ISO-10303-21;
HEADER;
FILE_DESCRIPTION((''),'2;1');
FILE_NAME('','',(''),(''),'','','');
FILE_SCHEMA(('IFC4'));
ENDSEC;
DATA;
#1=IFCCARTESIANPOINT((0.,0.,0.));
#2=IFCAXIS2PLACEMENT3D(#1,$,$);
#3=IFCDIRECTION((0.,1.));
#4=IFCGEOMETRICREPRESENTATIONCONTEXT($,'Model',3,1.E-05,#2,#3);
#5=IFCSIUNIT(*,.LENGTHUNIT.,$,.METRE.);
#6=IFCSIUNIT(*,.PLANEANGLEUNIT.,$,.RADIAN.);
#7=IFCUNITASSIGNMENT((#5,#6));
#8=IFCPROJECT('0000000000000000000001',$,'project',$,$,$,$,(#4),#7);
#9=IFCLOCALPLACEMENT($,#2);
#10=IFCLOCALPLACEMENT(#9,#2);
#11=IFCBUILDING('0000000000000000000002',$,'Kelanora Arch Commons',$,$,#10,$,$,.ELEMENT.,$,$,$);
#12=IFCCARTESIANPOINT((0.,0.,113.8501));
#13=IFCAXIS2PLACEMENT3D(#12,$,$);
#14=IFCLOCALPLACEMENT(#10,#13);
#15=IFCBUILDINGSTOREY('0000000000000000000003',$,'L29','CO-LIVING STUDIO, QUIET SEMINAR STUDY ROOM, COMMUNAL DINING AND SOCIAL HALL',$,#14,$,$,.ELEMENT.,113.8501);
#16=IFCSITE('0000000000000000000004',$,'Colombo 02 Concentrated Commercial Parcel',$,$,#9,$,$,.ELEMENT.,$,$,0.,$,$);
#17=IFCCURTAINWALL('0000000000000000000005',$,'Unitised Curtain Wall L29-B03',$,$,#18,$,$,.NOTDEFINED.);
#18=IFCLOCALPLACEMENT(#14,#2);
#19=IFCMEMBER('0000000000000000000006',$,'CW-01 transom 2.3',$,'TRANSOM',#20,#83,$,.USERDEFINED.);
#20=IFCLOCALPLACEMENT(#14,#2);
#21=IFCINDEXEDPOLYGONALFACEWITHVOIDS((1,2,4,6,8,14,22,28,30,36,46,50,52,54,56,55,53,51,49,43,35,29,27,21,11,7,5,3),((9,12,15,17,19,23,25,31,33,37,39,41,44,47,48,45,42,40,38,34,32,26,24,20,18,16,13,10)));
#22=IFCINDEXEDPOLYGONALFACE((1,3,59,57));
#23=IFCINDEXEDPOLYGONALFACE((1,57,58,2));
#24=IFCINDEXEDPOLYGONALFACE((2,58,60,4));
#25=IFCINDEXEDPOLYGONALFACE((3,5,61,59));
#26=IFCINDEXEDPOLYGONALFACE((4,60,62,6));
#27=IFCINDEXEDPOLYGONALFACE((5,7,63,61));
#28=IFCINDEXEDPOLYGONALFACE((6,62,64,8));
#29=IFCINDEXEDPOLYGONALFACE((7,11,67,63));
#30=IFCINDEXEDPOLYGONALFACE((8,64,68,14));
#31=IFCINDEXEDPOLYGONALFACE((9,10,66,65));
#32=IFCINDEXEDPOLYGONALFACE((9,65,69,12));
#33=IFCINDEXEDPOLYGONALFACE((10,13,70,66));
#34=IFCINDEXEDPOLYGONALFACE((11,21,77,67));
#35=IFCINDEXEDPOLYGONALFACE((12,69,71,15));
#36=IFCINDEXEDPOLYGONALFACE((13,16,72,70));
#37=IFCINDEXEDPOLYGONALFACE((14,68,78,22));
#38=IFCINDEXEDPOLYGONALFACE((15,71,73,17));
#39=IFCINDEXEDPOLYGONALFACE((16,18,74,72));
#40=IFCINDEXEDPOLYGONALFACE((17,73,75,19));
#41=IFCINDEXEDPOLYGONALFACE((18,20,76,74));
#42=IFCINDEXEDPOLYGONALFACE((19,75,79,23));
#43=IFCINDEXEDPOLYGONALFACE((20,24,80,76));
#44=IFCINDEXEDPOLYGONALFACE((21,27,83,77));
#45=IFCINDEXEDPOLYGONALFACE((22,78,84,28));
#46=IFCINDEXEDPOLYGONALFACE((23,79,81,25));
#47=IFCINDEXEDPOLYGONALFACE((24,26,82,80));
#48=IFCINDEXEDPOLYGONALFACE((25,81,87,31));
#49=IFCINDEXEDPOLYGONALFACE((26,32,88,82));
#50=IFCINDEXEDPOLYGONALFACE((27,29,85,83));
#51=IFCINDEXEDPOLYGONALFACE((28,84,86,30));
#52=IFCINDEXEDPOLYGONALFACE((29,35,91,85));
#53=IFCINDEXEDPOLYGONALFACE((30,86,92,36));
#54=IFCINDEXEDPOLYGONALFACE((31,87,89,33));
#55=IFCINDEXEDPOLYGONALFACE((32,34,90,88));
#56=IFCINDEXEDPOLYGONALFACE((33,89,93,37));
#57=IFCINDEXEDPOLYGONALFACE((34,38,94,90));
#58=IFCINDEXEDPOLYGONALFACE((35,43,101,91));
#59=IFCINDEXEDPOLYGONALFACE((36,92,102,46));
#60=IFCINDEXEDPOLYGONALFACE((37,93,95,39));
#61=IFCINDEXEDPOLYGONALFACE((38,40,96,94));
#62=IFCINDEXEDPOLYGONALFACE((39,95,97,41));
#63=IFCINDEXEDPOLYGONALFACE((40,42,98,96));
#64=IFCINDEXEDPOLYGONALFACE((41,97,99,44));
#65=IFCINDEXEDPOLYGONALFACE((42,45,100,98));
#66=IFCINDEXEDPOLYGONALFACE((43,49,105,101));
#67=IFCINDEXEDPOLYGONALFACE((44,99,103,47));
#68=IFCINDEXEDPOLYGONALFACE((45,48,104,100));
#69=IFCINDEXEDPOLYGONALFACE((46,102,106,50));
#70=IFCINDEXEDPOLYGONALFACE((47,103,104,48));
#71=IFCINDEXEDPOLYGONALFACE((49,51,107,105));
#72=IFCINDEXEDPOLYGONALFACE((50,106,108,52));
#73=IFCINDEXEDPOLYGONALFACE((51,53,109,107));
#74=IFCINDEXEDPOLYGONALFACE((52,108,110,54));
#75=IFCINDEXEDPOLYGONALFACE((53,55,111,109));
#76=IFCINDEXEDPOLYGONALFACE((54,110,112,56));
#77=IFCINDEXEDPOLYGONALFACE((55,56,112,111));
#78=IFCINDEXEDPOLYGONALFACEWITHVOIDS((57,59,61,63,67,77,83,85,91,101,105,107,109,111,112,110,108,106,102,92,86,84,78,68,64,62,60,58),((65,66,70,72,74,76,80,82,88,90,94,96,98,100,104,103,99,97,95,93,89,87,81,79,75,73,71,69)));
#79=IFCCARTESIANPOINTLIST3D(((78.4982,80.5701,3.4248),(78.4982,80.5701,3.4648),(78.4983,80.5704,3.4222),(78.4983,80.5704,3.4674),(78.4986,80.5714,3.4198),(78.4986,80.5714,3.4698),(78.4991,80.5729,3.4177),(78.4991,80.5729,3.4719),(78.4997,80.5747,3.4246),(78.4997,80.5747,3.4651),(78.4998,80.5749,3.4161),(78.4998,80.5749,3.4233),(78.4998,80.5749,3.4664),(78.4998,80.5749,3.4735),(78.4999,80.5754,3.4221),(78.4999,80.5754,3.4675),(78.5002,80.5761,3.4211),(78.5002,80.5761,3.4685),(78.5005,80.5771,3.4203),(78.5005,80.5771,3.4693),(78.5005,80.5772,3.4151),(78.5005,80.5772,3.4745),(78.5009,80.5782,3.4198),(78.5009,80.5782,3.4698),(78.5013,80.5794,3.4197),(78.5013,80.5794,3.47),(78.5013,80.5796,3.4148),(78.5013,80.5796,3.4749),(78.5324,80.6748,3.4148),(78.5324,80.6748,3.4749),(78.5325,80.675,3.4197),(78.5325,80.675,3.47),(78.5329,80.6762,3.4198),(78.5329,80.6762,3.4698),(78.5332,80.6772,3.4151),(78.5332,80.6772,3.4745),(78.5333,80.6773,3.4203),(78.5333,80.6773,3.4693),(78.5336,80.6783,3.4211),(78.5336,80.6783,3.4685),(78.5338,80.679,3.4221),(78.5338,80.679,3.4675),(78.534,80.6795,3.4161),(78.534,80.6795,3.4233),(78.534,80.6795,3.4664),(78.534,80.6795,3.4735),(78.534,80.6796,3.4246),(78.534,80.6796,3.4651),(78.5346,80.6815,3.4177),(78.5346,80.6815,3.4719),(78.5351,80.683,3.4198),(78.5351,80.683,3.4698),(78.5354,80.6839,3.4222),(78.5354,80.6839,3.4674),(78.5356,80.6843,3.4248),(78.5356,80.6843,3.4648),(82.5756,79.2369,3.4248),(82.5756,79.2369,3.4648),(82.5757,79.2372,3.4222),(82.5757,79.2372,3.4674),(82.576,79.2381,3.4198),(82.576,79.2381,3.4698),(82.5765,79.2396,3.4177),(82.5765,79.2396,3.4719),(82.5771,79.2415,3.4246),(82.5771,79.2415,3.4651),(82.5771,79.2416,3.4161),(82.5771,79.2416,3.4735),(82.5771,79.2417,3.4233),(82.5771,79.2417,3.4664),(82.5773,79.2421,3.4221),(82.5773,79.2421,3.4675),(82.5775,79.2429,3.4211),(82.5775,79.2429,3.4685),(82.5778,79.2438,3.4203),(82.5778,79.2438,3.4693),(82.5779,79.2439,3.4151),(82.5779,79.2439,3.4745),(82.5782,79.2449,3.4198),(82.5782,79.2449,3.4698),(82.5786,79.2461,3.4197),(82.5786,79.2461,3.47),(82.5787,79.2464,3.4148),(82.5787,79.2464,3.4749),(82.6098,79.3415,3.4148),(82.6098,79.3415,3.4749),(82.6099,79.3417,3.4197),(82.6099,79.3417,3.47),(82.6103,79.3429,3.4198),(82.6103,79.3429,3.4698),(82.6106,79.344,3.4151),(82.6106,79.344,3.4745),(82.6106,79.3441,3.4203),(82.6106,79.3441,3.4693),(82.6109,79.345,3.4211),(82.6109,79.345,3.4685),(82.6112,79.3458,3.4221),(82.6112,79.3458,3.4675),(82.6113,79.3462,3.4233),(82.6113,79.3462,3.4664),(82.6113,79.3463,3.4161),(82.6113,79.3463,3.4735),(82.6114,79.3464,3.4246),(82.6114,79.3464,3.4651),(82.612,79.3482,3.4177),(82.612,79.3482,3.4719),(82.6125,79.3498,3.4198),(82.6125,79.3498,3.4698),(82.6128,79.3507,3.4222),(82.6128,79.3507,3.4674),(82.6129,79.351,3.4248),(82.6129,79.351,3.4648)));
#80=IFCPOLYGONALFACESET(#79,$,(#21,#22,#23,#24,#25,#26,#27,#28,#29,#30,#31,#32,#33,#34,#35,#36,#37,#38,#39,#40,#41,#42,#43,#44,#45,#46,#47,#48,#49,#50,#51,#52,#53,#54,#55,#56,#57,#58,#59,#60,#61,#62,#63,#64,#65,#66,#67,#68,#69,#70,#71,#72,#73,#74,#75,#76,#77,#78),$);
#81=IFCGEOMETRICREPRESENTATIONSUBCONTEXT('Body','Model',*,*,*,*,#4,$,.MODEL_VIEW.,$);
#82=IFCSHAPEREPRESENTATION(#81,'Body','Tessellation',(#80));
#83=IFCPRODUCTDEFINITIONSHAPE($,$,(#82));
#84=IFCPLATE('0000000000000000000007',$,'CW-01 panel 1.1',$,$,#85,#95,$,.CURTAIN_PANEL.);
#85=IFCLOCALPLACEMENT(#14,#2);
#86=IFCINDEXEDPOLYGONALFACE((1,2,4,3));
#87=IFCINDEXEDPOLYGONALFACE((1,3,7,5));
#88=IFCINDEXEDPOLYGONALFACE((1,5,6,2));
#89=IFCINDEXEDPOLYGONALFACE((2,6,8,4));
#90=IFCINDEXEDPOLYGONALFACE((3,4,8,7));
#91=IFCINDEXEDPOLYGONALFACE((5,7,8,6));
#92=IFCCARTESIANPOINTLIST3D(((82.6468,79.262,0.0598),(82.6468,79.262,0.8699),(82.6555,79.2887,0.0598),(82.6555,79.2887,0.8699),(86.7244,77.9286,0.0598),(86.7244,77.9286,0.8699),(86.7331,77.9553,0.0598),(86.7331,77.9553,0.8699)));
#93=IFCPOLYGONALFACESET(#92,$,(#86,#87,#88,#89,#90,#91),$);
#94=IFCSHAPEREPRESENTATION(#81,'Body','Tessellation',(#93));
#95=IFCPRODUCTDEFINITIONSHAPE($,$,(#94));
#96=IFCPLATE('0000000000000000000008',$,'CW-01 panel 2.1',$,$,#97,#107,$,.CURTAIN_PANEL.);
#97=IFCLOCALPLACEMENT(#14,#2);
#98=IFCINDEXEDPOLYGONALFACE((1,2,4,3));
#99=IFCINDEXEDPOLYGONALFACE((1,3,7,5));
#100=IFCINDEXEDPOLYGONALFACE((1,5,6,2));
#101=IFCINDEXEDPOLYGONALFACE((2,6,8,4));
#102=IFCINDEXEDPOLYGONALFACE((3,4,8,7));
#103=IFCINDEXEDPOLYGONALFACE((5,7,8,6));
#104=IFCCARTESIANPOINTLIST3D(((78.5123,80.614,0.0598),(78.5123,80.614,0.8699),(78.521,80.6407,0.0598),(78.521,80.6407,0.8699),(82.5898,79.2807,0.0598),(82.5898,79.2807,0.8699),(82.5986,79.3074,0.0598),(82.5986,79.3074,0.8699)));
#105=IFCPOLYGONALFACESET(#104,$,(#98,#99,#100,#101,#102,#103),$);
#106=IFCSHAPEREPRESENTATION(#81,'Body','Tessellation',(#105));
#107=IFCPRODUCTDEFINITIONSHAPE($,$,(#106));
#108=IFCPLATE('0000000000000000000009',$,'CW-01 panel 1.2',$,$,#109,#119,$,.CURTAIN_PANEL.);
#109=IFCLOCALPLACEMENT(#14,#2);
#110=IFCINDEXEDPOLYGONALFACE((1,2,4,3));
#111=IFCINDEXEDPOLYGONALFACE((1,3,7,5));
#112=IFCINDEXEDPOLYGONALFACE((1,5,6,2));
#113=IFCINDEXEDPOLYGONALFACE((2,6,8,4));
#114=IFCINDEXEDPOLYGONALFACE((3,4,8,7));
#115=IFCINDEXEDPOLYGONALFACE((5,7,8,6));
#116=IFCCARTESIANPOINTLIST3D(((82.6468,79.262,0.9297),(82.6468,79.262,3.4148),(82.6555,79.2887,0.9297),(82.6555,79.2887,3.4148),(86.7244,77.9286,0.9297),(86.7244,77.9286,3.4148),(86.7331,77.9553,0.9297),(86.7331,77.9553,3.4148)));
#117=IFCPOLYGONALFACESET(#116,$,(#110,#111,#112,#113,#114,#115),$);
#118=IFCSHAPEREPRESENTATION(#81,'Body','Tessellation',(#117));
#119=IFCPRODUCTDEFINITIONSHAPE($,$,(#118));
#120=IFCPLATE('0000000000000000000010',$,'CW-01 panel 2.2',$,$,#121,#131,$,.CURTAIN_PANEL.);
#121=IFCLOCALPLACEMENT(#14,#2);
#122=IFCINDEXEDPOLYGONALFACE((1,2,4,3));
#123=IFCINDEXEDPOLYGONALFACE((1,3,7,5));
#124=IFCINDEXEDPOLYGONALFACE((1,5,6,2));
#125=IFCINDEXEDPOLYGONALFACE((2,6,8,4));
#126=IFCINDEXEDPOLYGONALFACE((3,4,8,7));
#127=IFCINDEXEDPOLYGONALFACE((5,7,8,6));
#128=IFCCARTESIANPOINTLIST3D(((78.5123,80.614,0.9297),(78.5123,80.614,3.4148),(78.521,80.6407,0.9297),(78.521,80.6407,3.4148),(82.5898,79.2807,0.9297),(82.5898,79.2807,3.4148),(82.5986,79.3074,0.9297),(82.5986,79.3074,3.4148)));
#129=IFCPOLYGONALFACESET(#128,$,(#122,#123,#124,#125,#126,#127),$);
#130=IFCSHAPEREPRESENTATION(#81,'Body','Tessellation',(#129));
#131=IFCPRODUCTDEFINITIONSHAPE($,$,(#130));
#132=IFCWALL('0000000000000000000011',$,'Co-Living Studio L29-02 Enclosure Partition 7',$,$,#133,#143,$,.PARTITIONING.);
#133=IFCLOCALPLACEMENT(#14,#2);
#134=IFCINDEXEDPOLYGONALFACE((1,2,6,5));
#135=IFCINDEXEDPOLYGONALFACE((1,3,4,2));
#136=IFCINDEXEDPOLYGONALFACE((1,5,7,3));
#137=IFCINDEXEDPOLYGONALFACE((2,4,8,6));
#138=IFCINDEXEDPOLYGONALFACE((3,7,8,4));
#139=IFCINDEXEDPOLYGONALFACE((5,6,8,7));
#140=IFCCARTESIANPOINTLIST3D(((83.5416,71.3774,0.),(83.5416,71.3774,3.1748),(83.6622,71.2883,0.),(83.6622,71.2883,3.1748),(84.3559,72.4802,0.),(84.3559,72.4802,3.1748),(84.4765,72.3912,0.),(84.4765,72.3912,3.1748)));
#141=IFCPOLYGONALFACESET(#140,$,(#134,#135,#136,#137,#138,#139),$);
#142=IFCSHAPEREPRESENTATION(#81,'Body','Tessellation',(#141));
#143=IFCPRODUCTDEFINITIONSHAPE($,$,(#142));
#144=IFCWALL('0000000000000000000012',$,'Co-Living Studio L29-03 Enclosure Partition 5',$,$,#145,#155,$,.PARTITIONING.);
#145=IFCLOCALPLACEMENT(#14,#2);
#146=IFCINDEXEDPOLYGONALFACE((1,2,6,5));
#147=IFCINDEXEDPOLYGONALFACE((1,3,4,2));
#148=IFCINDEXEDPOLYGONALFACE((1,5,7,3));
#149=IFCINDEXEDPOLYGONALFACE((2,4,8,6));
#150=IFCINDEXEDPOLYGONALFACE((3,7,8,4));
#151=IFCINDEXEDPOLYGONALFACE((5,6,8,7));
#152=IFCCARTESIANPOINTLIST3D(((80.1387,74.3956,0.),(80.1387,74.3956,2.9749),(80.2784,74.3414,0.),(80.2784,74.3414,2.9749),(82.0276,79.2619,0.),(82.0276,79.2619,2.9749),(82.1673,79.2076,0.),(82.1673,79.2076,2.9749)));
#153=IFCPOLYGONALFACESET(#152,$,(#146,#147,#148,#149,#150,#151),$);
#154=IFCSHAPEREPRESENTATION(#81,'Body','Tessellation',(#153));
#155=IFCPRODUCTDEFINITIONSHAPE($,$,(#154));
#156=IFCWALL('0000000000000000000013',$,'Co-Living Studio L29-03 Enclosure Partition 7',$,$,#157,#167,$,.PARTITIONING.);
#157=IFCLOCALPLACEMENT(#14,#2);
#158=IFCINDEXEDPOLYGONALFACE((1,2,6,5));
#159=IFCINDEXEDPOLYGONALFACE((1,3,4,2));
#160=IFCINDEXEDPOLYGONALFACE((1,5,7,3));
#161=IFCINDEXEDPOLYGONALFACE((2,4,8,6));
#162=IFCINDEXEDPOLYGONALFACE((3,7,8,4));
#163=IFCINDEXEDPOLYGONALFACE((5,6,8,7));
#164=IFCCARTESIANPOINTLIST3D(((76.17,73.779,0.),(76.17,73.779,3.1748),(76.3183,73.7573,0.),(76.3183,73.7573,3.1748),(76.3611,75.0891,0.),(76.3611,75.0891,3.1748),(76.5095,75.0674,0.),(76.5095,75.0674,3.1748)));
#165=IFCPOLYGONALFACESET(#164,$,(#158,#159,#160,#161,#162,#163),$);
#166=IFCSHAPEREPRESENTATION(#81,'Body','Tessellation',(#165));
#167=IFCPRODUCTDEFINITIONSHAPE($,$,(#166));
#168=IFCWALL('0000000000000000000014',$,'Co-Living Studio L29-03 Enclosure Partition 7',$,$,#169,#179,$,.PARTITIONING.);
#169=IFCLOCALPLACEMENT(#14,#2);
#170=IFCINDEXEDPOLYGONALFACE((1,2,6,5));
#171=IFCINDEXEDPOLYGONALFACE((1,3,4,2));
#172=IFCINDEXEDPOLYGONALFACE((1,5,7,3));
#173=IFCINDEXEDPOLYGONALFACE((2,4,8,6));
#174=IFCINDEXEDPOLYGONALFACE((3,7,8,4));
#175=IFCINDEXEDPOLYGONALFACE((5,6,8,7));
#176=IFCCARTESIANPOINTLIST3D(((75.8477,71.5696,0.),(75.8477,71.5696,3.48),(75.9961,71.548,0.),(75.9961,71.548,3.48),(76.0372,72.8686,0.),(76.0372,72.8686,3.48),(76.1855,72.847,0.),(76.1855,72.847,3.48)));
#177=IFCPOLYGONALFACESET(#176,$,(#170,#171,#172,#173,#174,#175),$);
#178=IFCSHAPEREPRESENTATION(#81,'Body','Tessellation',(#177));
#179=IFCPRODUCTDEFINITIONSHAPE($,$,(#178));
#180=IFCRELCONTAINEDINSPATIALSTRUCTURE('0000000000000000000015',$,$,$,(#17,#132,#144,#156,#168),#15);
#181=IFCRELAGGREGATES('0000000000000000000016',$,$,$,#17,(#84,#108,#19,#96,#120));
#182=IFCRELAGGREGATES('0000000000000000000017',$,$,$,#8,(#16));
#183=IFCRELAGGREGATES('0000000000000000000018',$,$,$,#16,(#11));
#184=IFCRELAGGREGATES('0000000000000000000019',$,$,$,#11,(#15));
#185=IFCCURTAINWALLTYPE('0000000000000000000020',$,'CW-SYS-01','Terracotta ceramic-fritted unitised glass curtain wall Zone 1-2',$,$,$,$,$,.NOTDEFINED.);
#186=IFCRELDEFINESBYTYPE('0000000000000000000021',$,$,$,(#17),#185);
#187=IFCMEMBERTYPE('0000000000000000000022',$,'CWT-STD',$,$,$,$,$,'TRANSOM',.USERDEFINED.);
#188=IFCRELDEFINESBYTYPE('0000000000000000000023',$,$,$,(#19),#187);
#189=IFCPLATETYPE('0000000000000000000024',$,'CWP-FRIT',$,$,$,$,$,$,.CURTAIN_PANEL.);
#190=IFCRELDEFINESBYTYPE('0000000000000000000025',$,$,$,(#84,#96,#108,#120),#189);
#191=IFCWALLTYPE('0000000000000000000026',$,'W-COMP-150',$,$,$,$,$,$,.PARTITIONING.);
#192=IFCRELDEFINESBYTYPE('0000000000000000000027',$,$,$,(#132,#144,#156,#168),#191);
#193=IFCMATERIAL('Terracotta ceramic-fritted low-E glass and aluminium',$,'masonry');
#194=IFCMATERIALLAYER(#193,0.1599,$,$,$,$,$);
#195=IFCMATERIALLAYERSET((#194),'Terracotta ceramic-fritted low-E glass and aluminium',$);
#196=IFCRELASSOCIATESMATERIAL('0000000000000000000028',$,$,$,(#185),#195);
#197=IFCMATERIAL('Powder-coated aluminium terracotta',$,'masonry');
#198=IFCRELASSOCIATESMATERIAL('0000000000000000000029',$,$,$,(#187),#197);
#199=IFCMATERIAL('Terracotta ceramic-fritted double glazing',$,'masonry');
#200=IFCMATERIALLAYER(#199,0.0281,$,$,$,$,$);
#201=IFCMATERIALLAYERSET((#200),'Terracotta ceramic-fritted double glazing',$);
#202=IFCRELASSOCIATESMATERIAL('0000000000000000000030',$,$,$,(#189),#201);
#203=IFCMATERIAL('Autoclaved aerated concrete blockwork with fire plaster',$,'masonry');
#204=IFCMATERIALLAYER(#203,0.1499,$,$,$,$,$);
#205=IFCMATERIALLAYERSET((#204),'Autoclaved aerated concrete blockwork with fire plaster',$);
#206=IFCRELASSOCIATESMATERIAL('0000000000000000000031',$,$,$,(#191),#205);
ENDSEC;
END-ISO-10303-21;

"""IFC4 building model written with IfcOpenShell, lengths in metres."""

from ifc_helpers import new_model, si_unit, direction, frame, frame_2d, origin, origin_2d, place, context, subcontext, project, spatial, rectangle, hollow_rectangle, extrude, source, transform, mapped, material, layer, layer_set, material_profile, profile_set, type_object, element, aggregate, save


model = new_model("IFC4")

# Units and contexts
model_context = context("Model", 3, precision=1e-05, world=origin(), true_north=direction((0.0, 1.0)))
body_context = subcontext(model_context, "Body", "Model", "MODEL_VIEW")
ifc_project = project(units=[si_unit("LENGTHUNIT", "METRE"), si_unit("PLANEANGLEUNIT", "RADIAN")], contexts=[model_context])

# Site, building, storey
site_placement = place(None, origin())
site = spatial("IfcSite", under=ifc_project, at=site_placement, Name="Colombo 02 Concentrated Commercial Parcel", CompositionType="ELEMENT", RefElevation=0.0)
building_placement = place(site_placement, origin())
building = spatial("IfcBuilding", under=site, at=building_placement, Name="Kelanora Arch Commons", CompositionType="ELEMENT")
storey_placement = place(building_placement, frame((0.0, 0.0, 113.8501)))
storey = spatial("IfcBuildingStorey", under=building, at=storey_placement, Name="L29", Description="CO-LIVING STUDIO, QUIET SEMINAR STUDY ROOM, COMMUNAL DINING AND SOCIAL HALL", CompositionType="ELEMENT", Elevation=113.8501)

# Curtain wall, member, plates
ifc_material_1 = material(Name="Terracotta ceramic-fritted low-E glass and aluminium", Category="masonry")
ifc_layer_1 = layer(ifc_material_1, 0.1599)
ifc_layer_set_1 = layer_set([ifc_layer_1], Name="Terracotta ceramic-fritted low-E glass and aluminium")
curtain_wall_type = type_object("IfcCurtainWallType", Name="CW-SYS-01", Description="Terracotta ceramic-fritted unitised glass curtain wall Zone 1-2", PredefinedType="NOTDEFINED", material=ifc_layer_set_1)
curtain_wall_placement = place(storey_placement, origin())
curtain_wall = element("IfcCurtainWall", 1, at=curtain_wall_placement, inside=storey, type_object=curtain_wall_type, Name="Unitised Curtain Wall L29-B03", PredefinedType="NOTDEFINED")
ifc_material_2 = material(Name="Powder-coated aluminium terracotta", Category="masonry")
ifc_material_profile_1 = material_profile(ifc_material_2, hollow_rectangle(XDim=0.1201, YDim=0.0601, WallThickness=0.0049, InnerFilletRadius=0.0049, OuterFilletRadius=0.01, at=origin_2d()), Name="CWT120x60")
ifc_profile_set_1 = profile_set([ifc_material_profile_1], Name="Powder-coated aluminium terracotta")
member_type_1 = type_object("IfcMemberType", Name="CWT-STD", ElementType="TRANSOM", PredefinedType="USERDEFINED", material=ifc_profile_set_1)
member_1_placement = place(storey_placement, frame((82.5942, 79.2939, 3.4448), z_axis=(-0.950478, 0.310793, 0.0), x_axis=(-0.310793, -0.950478, 0.0)))
member_1 = element("IfcMember", 2, at=member_1_placement, type_object=member_type_1, Name="CW-01 transom 2.3", ObjectType="TRANSOM", PredefinedType="USERDEFINED", context=body_context, shape_type="SweptSolid", body=[
    extrude(hollow_rectangle(XDim=0.1201, YDim=0.0601, WallThickness=0.0049, InnerFilletRadius=0.0049, OuterFilletRadius=0.01, at=origin_2d()), origin(), (0.0, 0.0, 1.0), 4.2898),
])
ifc_material_3 = material(Name="Terracotta ceramic-fritted double glazing", Category="masonry")
ifc_layer_2 = layer(ifc_material_3, 0.0281)
ifc_layer_set_2 = layer_set([ifc_layer_2], Name="Terracotta ceramic-fritted double glazing")
plate_type = type_object("IfcPlateType", Name="CWP-FRIT", PredefinedType="CURTAIN_PANEL", material=ifc_layer_set_2)
shared_shape_1 = source(origin(), body_context, "Body", "SweptSolid", [
    extrude(rectangle(XDim=4.29, YDim=0.0281, at=origin_2d()), origin(), (0.0, 0.0, 1.0), 0.8101),
])
plate_1_placement = place(storey_placement, frame((84.6899, 78.6086, 0.0598), z_axis=(0.0, 0.0, 1.0), x_axis=(-0.950474, 0.310805, 0.0)))
plate_1 = element("IfcPlate", 3, at=plate_1_placement, type_object=plate_type, Name="CW-01 panel 1.1", PredefinedType="CURTAIN_PANEL", context=body_context, shape_type="MappedRepresentation", body=[
    mapped(shared_shape_1, transform((0.0, 0.0, 0.0), scale=1.0)),
])
plate_2_placement = place(storey_placement, frame((80.5554, 79.9607, 0.0598), z_axis=(0.0, 0.0, 1.0), x_axis=(-0.950474, 0.310805, 0.0)))
plate_2 = element("IfcPlate", 4, at=plate_2_placement, type_object=plate_type, Name="CW-01 panel 2.1", PredefinedType="CURTAIN_PANEL", context=body_context, shape_type="MappedRepresentation", body=[
    mapped(shared_shape_1, transform((0.0, 0.0, 0.0), scale=1.0)),
])
shared_shape_2 = source(origin(), body_context, "Body", "SweptSolid", [
    extrude(rectangle(XDim=4.29, YDim=0.0281, at=origin_2d()), origin(), (0.0, 0.0, 1.0), 2.4851),
])
plate_3_placement = place(storey_placement, frame((84.6899, 78.6086, 0.9297), z_axis=(0.0, 0.0, 1.0), x_axis=(-0.950474, 0.310805, 0.0)))
plate_3 = element("IfcPlate", 5, at=plate_3_placement, type_object=plate_type, Name="CW-01 panel 1.2", PredefinedType="CURTAIN_PANEL", context=body_context, shape_type="MappedRepresentation", body=[
    mapped(shared_shape_2, transform((0.0, 0.0, 0.0), scale=1.0)),
])
plate_4_placement = place(storey_placement, frame((80.5554, 79.9607, 0.9297), z_axis=(0.0, 0.0, 1.0), x_axis=(-0.950474, 0.310805, 0.0)))
plate_4 = element("IfcPlate", 6, at=plate_4_placement, type_object=plate_type, Name="CW-01 panel 2.2", PredefinedType="CURTAIN_PANEL", context=body_context, shape_type="MappedRepresentation", body=[
    mapped(shared_shape_2, transform((0.0, 0.0, 0.0), scale=1.0)),
])
aggregate(curtain_wall, [plate_1, plate_3, member_1, plate_2, plate_4])

# Walls
ifc_material_4 = material(Name="Autoclaved aerated concrete blockwork with fire plaster", Category="masonry")
ifc_layer_3 = layer(ifc_material_4, 0.1499)
ifc_layer_set_3 = layer_set([ifc_layer_3], Name="Autoclaved aerated concrete blockwork with fire plaster")
wall_type_1 = type_object("IfcWallType", Name="W-COMP-150", PredefinedType="PARTITIONING", material=ifc_layer_set_3)
wall_1_placement = place(storey_placement, frame((84.4163, 72.4358, 0.0), z_axis=(0.0, 0.0, 1.0), x_axis=(-0.59397, -0.804487, 0.0)))
element("IfcWall", 7, at=wall_1_placement, inside=storey, type_object=wall_type_1, Name="Co-Living Studio L29-02 Enclosure Partition 7", PredefinedType="PARTITIONING", context=body_context, shape_type="SweptSolid", body=[
    extrude(rectangle(XDim=1.3708, YDim=0.1499, at=frame_2d((0.6855, 0.0))), origin(), (0.0, 0.0, 1.0), 3.1748),
])
wall_2_placement = place(storey_placement, frame((82.0974, 79.2346, 0.0), z_axis=(0.0, 0.0, 1.0), x_axis=(-0.361864, -0.932231, 0.0)))
element("IfcWall", 8, at=wall_2_placement, inside=storey, type_object=wall_type_1, Name="Co-Living Studio L29-03 Enclosure Partition 5", PredefinedType="PARTITIONING", context=body_context, shape_type="SweptSolid", body=[
    extrude(rectangle(XDim=5.22, YDim=0.1499, at=frame_2d((2.6099, 0.0))), origin(), (0.0, 0.0, 1.0), 2.9749),
])
wall_3_placement = place(storey_placement, frame((76.4353, 75.0784, 0.0), z_axis=(0.0, 0.0, 1.0), x_axis=(-0.14439, -0.989521, 0.0)))
element("IfcWall", 9, at=wall_3_placement, inside=storey, type_object=wall_type_1, Name="Co-Living Studio L29-03 Enclosure Partition 7", PredefinedType="PARTITIONING", context=body_context, shape_type="SweptSolid", body=[
    extrude(rectangle(XDim=1.324, YDim=0.1499, at=frame_2d((0.6621, 0.0))), origin(), (0.0, 0.0, 1.0), 3.1748),
])
wall_4_placement = place(storey_placement, frame((76.1113, 72.8577, 0.0), z_axis=(0.0, 0.0, 1.0), x_axis=(-0.144311, -0.989532, 0.0)))
element("IfcWall", 10, at=wall_4_placement, inside=storey, type_object=wall_type_1, Name="Co-Living Studio L29-03 Enclosure Partition 7", PredefinedType="PARTITIONING", context=body_context, shape_type="SweptSolid", body=[
    extrude(rectangle(XDim=1.3127, YDim=0.1499, at=frame_2d((0.6562, 0.0))), origin(), (0.0, 0.0, 1.0), 3.48),
])

save(model, "model.ifc")
